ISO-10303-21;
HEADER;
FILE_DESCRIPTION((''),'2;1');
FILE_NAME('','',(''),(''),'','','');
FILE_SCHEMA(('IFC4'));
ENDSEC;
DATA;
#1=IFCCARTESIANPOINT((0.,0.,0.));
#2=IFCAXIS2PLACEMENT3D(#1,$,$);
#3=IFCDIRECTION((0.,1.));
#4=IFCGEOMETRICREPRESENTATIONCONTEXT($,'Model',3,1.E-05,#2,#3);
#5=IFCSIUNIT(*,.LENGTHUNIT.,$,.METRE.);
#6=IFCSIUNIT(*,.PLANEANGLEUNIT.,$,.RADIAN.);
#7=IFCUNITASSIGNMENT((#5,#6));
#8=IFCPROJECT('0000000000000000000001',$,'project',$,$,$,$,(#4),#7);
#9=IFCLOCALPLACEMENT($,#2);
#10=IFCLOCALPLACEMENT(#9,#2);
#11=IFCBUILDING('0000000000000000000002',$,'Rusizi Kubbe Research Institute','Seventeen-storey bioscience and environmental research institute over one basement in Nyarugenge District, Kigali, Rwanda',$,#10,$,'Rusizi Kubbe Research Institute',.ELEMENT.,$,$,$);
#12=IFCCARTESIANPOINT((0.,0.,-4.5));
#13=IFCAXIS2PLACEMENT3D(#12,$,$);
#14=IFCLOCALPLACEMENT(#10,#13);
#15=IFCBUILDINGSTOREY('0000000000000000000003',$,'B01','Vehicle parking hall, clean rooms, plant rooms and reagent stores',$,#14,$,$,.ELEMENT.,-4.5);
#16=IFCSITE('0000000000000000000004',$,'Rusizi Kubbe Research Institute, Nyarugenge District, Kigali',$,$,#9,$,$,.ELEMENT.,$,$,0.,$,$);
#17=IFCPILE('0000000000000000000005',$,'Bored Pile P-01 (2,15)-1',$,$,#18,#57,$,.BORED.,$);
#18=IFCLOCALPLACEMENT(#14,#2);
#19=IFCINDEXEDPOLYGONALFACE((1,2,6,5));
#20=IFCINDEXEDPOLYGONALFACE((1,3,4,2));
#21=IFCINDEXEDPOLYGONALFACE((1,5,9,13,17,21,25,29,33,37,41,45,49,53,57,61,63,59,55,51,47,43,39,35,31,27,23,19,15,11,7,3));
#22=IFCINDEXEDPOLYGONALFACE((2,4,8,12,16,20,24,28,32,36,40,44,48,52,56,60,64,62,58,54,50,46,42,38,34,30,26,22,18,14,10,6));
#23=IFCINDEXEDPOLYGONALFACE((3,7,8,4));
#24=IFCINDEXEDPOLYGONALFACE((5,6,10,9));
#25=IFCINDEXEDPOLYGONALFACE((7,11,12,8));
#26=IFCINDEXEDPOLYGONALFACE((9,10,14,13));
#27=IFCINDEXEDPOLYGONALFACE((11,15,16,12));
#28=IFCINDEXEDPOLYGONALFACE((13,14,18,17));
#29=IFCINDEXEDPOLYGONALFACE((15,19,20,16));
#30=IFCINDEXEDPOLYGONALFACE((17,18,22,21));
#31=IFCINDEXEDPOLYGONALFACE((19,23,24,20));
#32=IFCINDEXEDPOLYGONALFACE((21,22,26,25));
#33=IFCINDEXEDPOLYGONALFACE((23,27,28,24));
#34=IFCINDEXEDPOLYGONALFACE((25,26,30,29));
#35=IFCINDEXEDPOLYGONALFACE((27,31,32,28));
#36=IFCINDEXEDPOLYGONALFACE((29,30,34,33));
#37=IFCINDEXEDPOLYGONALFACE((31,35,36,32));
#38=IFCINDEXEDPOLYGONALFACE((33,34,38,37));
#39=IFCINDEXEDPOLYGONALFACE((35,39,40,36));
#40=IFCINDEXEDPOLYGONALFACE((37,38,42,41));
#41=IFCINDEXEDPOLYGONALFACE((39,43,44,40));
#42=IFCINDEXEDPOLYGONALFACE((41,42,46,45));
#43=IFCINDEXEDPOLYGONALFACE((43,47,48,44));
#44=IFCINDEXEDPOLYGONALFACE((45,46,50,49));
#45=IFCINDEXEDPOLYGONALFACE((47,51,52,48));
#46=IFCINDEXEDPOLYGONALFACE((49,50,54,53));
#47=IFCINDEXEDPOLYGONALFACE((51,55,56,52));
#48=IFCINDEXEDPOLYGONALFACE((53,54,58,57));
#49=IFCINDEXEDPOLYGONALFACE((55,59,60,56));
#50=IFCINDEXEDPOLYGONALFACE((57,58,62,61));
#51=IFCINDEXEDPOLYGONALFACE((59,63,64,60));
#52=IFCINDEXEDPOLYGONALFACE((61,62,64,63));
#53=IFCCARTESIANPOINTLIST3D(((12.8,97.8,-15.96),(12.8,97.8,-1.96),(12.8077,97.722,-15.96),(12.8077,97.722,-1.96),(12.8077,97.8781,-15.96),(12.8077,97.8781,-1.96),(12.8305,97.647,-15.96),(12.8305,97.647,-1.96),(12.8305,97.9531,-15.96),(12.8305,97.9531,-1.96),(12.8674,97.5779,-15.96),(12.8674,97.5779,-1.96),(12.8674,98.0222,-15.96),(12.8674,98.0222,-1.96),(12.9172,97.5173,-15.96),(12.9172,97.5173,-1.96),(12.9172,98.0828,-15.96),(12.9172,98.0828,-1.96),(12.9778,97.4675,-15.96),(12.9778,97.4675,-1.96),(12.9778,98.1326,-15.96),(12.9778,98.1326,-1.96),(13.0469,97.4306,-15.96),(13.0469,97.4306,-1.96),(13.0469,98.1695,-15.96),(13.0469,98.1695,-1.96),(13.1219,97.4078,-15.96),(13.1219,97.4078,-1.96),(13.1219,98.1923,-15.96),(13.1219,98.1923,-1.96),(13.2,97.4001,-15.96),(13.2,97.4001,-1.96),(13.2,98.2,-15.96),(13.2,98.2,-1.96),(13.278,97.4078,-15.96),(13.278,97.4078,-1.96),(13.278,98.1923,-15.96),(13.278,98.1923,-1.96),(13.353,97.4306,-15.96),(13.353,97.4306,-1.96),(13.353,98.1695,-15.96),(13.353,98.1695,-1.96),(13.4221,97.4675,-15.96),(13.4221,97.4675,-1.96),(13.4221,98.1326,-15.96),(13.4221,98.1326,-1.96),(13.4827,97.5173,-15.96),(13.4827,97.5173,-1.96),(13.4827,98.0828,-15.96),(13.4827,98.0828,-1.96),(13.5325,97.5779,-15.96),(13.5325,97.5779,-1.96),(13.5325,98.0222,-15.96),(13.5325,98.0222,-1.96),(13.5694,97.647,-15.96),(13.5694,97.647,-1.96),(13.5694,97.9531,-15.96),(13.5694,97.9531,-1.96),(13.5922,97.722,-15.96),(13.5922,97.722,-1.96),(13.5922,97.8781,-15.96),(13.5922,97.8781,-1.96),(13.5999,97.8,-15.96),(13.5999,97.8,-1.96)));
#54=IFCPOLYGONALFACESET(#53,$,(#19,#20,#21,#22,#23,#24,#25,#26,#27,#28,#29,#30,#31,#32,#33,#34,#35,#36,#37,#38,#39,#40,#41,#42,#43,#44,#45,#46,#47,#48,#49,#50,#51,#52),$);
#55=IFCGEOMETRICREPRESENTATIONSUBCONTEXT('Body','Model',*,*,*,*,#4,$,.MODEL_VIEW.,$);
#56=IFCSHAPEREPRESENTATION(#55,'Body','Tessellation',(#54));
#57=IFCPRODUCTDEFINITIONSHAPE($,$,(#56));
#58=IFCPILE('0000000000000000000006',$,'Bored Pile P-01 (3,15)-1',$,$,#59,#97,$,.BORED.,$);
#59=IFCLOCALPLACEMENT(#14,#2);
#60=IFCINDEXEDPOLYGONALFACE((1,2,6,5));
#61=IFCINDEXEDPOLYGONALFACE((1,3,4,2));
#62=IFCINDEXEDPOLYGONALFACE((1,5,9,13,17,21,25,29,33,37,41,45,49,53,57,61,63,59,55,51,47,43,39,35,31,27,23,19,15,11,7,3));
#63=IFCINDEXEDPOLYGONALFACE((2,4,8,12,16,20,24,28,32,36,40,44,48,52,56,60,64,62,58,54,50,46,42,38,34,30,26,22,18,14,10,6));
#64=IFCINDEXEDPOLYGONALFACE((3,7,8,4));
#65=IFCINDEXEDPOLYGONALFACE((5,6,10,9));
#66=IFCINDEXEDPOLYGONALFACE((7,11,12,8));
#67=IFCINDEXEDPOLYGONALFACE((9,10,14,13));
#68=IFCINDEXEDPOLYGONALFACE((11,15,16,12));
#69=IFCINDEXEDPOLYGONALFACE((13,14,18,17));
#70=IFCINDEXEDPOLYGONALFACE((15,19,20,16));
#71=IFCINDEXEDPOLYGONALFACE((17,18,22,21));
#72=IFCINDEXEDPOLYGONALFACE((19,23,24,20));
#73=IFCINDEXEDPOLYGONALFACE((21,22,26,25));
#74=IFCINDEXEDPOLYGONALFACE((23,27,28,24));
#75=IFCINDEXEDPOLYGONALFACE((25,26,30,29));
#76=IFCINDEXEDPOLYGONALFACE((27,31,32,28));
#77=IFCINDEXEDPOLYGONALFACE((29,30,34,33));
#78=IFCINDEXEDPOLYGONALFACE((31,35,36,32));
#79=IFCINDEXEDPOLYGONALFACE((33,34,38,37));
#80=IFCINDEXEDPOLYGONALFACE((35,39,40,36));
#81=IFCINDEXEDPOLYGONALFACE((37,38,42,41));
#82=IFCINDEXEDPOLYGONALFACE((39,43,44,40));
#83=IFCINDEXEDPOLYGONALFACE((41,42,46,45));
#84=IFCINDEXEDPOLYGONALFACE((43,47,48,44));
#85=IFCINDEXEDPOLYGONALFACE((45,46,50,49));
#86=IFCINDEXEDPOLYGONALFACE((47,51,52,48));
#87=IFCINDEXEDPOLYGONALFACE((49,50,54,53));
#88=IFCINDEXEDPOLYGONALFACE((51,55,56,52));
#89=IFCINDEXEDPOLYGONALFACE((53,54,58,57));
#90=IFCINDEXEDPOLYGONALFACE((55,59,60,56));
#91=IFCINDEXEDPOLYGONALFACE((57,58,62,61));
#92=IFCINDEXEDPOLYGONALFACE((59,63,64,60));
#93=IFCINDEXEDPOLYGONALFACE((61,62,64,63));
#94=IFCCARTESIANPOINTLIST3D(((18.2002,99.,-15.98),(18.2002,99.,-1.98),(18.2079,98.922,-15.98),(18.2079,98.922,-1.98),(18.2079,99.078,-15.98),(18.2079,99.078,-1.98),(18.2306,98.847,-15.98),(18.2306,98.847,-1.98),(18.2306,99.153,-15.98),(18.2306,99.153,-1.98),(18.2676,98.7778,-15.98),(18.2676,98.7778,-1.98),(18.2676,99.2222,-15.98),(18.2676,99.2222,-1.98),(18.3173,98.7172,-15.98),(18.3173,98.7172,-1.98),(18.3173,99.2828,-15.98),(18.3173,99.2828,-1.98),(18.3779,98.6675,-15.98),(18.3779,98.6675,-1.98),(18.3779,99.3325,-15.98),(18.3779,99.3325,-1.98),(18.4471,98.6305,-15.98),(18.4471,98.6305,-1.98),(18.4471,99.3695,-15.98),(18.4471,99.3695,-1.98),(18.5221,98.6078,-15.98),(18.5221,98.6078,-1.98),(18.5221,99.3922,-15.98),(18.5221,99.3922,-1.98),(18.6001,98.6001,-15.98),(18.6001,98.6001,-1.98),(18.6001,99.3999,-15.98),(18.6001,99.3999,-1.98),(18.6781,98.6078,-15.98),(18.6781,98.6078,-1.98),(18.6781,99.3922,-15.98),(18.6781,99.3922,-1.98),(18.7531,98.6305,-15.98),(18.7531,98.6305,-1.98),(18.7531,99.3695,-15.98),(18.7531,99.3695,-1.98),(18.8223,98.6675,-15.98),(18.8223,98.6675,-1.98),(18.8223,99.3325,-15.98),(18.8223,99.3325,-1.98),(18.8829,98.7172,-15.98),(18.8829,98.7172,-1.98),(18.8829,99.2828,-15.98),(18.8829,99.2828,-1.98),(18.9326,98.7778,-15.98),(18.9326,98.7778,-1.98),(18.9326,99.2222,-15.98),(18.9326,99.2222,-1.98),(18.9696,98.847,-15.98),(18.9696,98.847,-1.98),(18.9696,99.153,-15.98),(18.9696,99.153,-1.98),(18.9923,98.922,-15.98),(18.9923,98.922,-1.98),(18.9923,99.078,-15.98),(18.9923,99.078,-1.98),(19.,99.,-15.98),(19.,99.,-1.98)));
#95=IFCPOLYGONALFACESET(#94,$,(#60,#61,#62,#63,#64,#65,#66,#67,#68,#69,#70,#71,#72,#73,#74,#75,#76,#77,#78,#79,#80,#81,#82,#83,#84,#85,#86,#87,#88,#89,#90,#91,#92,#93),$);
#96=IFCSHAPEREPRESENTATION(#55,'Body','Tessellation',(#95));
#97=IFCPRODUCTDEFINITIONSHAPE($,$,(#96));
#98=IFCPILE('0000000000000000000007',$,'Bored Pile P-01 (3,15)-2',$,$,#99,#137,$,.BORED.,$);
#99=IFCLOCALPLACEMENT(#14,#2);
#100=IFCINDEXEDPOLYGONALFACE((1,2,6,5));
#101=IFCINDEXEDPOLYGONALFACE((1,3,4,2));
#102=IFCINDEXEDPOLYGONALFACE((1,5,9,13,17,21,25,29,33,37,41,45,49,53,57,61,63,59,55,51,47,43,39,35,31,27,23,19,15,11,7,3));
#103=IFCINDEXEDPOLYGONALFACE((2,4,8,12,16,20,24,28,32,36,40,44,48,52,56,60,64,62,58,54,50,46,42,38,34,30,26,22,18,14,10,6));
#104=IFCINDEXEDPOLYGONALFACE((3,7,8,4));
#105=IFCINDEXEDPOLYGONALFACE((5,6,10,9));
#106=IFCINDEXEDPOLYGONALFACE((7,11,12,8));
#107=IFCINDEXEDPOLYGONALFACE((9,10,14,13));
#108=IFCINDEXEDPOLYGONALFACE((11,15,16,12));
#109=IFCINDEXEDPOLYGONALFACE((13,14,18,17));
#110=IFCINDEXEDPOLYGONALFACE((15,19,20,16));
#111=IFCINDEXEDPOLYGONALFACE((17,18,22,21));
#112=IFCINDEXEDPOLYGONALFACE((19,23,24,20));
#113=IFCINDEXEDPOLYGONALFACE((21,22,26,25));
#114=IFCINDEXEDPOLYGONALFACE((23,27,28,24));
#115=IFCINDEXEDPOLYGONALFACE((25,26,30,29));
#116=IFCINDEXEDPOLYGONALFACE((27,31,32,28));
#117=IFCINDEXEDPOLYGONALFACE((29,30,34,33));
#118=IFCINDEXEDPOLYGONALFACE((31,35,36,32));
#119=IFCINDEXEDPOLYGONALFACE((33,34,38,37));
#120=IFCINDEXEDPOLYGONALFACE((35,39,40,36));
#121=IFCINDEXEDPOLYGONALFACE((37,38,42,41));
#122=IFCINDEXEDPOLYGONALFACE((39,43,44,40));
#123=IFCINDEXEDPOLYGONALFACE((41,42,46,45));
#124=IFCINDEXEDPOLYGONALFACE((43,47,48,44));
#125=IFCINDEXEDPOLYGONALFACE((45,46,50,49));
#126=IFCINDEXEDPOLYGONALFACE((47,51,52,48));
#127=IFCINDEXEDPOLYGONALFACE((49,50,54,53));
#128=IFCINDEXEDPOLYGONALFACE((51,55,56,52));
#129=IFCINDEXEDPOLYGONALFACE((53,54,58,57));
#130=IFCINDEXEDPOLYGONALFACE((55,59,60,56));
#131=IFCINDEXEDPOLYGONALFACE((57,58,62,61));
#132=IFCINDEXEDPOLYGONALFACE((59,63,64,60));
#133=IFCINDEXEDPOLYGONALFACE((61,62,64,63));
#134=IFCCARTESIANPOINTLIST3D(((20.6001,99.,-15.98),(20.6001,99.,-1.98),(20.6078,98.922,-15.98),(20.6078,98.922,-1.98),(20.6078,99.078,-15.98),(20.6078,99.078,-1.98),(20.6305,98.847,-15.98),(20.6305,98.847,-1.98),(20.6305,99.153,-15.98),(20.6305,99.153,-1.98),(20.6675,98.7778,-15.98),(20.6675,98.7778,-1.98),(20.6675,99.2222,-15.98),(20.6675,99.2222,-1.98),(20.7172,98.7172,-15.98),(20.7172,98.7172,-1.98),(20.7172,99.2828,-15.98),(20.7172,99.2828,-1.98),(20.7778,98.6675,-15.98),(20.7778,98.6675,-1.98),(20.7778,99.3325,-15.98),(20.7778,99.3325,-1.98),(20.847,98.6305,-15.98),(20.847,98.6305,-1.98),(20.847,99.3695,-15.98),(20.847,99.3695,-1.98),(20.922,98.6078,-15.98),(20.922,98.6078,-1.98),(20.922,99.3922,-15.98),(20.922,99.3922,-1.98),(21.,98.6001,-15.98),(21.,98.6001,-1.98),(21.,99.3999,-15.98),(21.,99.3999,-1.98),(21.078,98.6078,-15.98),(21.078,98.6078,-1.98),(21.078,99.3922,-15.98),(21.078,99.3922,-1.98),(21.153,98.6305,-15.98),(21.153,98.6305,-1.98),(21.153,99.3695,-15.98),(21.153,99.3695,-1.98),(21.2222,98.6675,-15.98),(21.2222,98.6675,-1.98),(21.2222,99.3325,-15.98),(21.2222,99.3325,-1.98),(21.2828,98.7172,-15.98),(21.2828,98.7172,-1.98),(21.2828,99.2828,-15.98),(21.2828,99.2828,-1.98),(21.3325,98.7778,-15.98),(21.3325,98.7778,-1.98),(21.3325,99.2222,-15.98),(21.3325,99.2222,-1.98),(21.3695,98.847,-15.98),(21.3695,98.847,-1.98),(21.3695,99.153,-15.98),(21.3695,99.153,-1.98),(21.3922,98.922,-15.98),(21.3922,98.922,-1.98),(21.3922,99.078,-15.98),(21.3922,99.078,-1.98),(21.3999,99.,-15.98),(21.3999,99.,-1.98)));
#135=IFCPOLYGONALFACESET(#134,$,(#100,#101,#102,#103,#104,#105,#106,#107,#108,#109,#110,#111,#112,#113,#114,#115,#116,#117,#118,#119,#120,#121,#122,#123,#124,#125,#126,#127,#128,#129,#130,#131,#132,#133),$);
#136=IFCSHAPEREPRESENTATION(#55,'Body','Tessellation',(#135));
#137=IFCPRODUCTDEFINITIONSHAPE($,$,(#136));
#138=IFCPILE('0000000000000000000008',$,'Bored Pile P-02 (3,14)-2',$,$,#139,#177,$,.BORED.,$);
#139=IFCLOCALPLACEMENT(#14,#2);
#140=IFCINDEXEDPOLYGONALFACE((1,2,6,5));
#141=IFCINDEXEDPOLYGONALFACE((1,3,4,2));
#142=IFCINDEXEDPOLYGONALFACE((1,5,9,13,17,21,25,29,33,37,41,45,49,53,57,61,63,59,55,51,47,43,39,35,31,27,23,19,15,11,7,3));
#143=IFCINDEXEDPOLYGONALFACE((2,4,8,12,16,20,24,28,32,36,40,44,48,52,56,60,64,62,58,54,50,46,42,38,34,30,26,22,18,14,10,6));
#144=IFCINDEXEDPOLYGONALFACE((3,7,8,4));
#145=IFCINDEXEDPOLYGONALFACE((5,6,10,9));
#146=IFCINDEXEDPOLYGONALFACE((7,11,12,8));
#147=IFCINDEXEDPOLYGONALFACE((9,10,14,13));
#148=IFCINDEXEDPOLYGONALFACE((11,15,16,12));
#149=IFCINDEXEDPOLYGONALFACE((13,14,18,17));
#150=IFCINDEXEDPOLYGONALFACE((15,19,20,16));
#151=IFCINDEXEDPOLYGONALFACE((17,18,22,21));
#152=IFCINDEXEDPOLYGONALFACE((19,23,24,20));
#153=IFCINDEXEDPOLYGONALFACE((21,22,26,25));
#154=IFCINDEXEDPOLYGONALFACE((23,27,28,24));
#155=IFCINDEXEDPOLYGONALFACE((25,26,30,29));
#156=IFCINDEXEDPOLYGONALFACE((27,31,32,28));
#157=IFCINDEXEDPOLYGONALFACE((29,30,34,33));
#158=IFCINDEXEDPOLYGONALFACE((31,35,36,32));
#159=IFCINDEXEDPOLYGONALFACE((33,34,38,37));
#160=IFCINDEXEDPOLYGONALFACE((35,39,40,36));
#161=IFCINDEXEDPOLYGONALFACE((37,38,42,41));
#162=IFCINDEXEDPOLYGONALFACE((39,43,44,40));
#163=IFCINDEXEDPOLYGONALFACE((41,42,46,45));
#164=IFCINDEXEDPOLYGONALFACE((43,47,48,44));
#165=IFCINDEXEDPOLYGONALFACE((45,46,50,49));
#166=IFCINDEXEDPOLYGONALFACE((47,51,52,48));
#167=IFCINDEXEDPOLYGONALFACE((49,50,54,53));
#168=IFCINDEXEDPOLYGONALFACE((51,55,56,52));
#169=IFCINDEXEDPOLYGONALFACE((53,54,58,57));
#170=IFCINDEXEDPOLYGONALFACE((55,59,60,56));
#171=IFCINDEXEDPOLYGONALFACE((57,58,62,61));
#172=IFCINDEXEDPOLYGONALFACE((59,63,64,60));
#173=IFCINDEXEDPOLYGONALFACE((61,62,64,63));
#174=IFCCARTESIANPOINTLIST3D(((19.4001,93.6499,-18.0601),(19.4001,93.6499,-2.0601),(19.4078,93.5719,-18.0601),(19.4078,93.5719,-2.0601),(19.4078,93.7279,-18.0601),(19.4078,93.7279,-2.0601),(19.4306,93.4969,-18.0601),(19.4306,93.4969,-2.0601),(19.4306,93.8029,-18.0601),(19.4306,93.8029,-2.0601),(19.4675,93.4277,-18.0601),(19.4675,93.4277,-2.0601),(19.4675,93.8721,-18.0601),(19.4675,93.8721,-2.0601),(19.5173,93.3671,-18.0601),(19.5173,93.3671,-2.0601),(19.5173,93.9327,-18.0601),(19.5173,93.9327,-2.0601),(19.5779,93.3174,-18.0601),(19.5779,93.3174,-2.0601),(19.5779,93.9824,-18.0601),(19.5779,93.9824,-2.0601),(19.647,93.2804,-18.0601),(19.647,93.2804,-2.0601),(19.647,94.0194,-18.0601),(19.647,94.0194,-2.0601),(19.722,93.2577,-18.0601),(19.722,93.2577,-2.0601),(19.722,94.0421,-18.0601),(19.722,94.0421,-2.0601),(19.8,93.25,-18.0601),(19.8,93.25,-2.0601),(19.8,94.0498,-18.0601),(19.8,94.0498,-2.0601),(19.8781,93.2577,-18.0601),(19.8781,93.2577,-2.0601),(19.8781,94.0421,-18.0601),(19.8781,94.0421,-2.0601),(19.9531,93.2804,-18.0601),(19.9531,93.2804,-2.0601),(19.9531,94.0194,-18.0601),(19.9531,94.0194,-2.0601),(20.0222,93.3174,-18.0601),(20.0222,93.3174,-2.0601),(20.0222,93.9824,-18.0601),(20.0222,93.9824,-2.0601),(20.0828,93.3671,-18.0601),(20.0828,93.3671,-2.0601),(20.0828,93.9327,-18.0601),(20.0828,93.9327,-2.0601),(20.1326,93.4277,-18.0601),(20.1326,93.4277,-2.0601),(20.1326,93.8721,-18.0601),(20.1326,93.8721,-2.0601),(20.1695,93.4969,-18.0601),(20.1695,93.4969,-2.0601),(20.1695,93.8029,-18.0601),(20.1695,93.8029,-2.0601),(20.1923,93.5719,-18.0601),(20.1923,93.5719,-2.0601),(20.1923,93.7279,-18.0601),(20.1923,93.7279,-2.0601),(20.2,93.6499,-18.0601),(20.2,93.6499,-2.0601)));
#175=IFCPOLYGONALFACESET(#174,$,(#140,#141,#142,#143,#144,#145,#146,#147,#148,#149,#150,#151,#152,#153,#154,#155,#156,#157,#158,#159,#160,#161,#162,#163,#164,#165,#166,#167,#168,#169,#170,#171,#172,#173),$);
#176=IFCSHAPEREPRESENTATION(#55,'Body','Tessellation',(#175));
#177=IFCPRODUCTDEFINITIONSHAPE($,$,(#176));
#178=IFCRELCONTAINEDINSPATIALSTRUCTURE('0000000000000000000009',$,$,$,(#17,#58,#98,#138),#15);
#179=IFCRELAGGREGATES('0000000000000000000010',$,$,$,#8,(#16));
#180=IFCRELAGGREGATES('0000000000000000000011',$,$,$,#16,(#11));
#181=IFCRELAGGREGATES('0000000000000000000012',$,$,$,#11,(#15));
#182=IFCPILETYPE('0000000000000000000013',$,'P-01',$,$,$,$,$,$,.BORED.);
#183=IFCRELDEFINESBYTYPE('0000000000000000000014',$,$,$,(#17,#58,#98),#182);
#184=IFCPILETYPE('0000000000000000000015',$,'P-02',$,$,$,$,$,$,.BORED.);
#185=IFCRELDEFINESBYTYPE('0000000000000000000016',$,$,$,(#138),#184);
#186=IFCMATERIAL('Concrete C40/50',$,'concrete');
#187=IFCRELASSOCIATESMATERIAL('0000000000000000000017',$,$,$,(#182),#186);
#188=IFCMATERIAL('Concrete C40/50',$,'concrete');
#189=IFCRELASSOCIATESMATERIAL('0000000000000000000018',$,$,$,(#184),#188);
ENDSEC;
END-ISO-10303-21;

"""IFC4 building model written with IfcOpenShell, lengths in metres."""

from ifc_helpers import new_model, si_unit, direction, frame, origin, origin_2d, place, context, subcontext, project, spatial, circle, extrude, material, material_profile, profile_set, type_object, element, save


model = new_model("IFC4")

# Units and contexts
model_context = context("Model", 3, precision=1e-05, world=origin(), true_north=direction((0.0, 1.0)))
body_context = subcontext(model_context, "Body", "Model", "MODEL_VIEW")
ifc_project = project(units=[si_unit("LENGTHUNIT", "METRE"), si_unit("PLANEANGLEUNIT", "RADIAN")], contexts=[model_context])

# Site, building, storey
site_placement = place(None, origin())
site = spatial("IfcSite", under=ifc_project, at=site_placement, Name="Rusizi Kubbe Research Institute, Nyarugenge District, Kigali", CompositionType="ELEMENT", RefElevation=0.0)
building_placement = place(site_placement, origin())
building = spatial("IfcBuilding", under=site, at=building_placement, Name="Rusizi Kubbe Research Institute", Description="Seventeen-storey bioscience and environmental research institute over one basement in Nyarugenge District, Kigali, Rwanda", LongName="Rusizi Kubbe Research Institute", CompositionType="ELEMENT")
storey_placement = place(building_placement, frame((0.0, 0.0, -4.5)))
storey = spatial("IfcBuildingStorey", under=building, at=storey_placement, Name="B01", Description="Vehicle parking hall, clean rooms, plant rooms and reagent stores", CompositionType="ELEMENT", Elevation=-4.5)

# Piles
ifc_material_1 = material(Name="Concrete C40/50", Category="concrete")
ifc_material_profile_1 = material_profile(ifc_material_1, circle(Radius=0.3999, at=origin_2d()), Name="PILE-D800")
ifc_profile_set_1 = profile_set([ifc_material_profile_1], Name="Concrete C40/50")
pile_type_1 = type_object("IfcPileType", Name="P-01", PredefinedType="BORED", material=ifc_profile_set_1)
for number, where, z_axis, x_axis, name in (
    (1, (13.2, 97.8, -1.96), (0.0, 0.0, -1.0), (1.0, 0.0, 0.0), "Bored Pile P-01 (2,15)-1"),
    (2, (18.6001, 99.0, -1.98), (0.0, 0.0, -1.0), (1.0, 0.0, 0.0), "Bored Pile P-01 (3,15)-1"),
    (3, (21.0, 99.0, -1.98), (0.0, 0.0, -1.0), (1.0, 0.0, 0.0), "Bored Pile P-01 (3,15)-2"),
):
    element("IfcPile", number, at=place(storey_placement, frame(where, z_axis=z_axis, x_axis=x_axis)), inside=storey, type_object=pile_type_1, Name=name, PredefinedType="BORED", context=body_context, shape_type="SweptSolid", body=[
        extrude(circle(Radius=0.3999, at=origin_2d()), origin(), (0.0, 0.0, 1.0), 14.0),
    ])
ifc_material_2 = material(Name="Concrete C40/50", Category="concrete")
ifc_material_profile_2 = material_profile(ifc_material_2, circle(Radius=0.3999, at=origin_2d()), Name="PILE-D800")
ifc_profile_set_2 = profile_set([ifc_material_profile_2], Name="Concrete C40/50")
pile_type_2 = type_object("IfcPileType", Name="P-02", PredefinedType="BORED", material=ifc_profile_set_2)
for number, where, z_axis, x_axis, name in (
    (4, (19.8, 93.6499, -2.0601), (0.0, 0.0, -1.0), (1.0, 0.0, 0.0), "Bored Pile P-02 (3,14)-2"),
):
    element("IfcPile", number, at=place(storey_placement, frame(where, z_axis=z_axis, x_axis=x_axis)), inside=storey, type_object=pile_type_2, Name=name, PredefinedType="BORED", context=body_context, shape_type="SweptSolid", body=[
        extrude(circle(Radius=0.3999, at=origin_2d()), origin(), (0.0, 0.0, 1.0), 16.0),
    ])

save(model, "model.ifc")
